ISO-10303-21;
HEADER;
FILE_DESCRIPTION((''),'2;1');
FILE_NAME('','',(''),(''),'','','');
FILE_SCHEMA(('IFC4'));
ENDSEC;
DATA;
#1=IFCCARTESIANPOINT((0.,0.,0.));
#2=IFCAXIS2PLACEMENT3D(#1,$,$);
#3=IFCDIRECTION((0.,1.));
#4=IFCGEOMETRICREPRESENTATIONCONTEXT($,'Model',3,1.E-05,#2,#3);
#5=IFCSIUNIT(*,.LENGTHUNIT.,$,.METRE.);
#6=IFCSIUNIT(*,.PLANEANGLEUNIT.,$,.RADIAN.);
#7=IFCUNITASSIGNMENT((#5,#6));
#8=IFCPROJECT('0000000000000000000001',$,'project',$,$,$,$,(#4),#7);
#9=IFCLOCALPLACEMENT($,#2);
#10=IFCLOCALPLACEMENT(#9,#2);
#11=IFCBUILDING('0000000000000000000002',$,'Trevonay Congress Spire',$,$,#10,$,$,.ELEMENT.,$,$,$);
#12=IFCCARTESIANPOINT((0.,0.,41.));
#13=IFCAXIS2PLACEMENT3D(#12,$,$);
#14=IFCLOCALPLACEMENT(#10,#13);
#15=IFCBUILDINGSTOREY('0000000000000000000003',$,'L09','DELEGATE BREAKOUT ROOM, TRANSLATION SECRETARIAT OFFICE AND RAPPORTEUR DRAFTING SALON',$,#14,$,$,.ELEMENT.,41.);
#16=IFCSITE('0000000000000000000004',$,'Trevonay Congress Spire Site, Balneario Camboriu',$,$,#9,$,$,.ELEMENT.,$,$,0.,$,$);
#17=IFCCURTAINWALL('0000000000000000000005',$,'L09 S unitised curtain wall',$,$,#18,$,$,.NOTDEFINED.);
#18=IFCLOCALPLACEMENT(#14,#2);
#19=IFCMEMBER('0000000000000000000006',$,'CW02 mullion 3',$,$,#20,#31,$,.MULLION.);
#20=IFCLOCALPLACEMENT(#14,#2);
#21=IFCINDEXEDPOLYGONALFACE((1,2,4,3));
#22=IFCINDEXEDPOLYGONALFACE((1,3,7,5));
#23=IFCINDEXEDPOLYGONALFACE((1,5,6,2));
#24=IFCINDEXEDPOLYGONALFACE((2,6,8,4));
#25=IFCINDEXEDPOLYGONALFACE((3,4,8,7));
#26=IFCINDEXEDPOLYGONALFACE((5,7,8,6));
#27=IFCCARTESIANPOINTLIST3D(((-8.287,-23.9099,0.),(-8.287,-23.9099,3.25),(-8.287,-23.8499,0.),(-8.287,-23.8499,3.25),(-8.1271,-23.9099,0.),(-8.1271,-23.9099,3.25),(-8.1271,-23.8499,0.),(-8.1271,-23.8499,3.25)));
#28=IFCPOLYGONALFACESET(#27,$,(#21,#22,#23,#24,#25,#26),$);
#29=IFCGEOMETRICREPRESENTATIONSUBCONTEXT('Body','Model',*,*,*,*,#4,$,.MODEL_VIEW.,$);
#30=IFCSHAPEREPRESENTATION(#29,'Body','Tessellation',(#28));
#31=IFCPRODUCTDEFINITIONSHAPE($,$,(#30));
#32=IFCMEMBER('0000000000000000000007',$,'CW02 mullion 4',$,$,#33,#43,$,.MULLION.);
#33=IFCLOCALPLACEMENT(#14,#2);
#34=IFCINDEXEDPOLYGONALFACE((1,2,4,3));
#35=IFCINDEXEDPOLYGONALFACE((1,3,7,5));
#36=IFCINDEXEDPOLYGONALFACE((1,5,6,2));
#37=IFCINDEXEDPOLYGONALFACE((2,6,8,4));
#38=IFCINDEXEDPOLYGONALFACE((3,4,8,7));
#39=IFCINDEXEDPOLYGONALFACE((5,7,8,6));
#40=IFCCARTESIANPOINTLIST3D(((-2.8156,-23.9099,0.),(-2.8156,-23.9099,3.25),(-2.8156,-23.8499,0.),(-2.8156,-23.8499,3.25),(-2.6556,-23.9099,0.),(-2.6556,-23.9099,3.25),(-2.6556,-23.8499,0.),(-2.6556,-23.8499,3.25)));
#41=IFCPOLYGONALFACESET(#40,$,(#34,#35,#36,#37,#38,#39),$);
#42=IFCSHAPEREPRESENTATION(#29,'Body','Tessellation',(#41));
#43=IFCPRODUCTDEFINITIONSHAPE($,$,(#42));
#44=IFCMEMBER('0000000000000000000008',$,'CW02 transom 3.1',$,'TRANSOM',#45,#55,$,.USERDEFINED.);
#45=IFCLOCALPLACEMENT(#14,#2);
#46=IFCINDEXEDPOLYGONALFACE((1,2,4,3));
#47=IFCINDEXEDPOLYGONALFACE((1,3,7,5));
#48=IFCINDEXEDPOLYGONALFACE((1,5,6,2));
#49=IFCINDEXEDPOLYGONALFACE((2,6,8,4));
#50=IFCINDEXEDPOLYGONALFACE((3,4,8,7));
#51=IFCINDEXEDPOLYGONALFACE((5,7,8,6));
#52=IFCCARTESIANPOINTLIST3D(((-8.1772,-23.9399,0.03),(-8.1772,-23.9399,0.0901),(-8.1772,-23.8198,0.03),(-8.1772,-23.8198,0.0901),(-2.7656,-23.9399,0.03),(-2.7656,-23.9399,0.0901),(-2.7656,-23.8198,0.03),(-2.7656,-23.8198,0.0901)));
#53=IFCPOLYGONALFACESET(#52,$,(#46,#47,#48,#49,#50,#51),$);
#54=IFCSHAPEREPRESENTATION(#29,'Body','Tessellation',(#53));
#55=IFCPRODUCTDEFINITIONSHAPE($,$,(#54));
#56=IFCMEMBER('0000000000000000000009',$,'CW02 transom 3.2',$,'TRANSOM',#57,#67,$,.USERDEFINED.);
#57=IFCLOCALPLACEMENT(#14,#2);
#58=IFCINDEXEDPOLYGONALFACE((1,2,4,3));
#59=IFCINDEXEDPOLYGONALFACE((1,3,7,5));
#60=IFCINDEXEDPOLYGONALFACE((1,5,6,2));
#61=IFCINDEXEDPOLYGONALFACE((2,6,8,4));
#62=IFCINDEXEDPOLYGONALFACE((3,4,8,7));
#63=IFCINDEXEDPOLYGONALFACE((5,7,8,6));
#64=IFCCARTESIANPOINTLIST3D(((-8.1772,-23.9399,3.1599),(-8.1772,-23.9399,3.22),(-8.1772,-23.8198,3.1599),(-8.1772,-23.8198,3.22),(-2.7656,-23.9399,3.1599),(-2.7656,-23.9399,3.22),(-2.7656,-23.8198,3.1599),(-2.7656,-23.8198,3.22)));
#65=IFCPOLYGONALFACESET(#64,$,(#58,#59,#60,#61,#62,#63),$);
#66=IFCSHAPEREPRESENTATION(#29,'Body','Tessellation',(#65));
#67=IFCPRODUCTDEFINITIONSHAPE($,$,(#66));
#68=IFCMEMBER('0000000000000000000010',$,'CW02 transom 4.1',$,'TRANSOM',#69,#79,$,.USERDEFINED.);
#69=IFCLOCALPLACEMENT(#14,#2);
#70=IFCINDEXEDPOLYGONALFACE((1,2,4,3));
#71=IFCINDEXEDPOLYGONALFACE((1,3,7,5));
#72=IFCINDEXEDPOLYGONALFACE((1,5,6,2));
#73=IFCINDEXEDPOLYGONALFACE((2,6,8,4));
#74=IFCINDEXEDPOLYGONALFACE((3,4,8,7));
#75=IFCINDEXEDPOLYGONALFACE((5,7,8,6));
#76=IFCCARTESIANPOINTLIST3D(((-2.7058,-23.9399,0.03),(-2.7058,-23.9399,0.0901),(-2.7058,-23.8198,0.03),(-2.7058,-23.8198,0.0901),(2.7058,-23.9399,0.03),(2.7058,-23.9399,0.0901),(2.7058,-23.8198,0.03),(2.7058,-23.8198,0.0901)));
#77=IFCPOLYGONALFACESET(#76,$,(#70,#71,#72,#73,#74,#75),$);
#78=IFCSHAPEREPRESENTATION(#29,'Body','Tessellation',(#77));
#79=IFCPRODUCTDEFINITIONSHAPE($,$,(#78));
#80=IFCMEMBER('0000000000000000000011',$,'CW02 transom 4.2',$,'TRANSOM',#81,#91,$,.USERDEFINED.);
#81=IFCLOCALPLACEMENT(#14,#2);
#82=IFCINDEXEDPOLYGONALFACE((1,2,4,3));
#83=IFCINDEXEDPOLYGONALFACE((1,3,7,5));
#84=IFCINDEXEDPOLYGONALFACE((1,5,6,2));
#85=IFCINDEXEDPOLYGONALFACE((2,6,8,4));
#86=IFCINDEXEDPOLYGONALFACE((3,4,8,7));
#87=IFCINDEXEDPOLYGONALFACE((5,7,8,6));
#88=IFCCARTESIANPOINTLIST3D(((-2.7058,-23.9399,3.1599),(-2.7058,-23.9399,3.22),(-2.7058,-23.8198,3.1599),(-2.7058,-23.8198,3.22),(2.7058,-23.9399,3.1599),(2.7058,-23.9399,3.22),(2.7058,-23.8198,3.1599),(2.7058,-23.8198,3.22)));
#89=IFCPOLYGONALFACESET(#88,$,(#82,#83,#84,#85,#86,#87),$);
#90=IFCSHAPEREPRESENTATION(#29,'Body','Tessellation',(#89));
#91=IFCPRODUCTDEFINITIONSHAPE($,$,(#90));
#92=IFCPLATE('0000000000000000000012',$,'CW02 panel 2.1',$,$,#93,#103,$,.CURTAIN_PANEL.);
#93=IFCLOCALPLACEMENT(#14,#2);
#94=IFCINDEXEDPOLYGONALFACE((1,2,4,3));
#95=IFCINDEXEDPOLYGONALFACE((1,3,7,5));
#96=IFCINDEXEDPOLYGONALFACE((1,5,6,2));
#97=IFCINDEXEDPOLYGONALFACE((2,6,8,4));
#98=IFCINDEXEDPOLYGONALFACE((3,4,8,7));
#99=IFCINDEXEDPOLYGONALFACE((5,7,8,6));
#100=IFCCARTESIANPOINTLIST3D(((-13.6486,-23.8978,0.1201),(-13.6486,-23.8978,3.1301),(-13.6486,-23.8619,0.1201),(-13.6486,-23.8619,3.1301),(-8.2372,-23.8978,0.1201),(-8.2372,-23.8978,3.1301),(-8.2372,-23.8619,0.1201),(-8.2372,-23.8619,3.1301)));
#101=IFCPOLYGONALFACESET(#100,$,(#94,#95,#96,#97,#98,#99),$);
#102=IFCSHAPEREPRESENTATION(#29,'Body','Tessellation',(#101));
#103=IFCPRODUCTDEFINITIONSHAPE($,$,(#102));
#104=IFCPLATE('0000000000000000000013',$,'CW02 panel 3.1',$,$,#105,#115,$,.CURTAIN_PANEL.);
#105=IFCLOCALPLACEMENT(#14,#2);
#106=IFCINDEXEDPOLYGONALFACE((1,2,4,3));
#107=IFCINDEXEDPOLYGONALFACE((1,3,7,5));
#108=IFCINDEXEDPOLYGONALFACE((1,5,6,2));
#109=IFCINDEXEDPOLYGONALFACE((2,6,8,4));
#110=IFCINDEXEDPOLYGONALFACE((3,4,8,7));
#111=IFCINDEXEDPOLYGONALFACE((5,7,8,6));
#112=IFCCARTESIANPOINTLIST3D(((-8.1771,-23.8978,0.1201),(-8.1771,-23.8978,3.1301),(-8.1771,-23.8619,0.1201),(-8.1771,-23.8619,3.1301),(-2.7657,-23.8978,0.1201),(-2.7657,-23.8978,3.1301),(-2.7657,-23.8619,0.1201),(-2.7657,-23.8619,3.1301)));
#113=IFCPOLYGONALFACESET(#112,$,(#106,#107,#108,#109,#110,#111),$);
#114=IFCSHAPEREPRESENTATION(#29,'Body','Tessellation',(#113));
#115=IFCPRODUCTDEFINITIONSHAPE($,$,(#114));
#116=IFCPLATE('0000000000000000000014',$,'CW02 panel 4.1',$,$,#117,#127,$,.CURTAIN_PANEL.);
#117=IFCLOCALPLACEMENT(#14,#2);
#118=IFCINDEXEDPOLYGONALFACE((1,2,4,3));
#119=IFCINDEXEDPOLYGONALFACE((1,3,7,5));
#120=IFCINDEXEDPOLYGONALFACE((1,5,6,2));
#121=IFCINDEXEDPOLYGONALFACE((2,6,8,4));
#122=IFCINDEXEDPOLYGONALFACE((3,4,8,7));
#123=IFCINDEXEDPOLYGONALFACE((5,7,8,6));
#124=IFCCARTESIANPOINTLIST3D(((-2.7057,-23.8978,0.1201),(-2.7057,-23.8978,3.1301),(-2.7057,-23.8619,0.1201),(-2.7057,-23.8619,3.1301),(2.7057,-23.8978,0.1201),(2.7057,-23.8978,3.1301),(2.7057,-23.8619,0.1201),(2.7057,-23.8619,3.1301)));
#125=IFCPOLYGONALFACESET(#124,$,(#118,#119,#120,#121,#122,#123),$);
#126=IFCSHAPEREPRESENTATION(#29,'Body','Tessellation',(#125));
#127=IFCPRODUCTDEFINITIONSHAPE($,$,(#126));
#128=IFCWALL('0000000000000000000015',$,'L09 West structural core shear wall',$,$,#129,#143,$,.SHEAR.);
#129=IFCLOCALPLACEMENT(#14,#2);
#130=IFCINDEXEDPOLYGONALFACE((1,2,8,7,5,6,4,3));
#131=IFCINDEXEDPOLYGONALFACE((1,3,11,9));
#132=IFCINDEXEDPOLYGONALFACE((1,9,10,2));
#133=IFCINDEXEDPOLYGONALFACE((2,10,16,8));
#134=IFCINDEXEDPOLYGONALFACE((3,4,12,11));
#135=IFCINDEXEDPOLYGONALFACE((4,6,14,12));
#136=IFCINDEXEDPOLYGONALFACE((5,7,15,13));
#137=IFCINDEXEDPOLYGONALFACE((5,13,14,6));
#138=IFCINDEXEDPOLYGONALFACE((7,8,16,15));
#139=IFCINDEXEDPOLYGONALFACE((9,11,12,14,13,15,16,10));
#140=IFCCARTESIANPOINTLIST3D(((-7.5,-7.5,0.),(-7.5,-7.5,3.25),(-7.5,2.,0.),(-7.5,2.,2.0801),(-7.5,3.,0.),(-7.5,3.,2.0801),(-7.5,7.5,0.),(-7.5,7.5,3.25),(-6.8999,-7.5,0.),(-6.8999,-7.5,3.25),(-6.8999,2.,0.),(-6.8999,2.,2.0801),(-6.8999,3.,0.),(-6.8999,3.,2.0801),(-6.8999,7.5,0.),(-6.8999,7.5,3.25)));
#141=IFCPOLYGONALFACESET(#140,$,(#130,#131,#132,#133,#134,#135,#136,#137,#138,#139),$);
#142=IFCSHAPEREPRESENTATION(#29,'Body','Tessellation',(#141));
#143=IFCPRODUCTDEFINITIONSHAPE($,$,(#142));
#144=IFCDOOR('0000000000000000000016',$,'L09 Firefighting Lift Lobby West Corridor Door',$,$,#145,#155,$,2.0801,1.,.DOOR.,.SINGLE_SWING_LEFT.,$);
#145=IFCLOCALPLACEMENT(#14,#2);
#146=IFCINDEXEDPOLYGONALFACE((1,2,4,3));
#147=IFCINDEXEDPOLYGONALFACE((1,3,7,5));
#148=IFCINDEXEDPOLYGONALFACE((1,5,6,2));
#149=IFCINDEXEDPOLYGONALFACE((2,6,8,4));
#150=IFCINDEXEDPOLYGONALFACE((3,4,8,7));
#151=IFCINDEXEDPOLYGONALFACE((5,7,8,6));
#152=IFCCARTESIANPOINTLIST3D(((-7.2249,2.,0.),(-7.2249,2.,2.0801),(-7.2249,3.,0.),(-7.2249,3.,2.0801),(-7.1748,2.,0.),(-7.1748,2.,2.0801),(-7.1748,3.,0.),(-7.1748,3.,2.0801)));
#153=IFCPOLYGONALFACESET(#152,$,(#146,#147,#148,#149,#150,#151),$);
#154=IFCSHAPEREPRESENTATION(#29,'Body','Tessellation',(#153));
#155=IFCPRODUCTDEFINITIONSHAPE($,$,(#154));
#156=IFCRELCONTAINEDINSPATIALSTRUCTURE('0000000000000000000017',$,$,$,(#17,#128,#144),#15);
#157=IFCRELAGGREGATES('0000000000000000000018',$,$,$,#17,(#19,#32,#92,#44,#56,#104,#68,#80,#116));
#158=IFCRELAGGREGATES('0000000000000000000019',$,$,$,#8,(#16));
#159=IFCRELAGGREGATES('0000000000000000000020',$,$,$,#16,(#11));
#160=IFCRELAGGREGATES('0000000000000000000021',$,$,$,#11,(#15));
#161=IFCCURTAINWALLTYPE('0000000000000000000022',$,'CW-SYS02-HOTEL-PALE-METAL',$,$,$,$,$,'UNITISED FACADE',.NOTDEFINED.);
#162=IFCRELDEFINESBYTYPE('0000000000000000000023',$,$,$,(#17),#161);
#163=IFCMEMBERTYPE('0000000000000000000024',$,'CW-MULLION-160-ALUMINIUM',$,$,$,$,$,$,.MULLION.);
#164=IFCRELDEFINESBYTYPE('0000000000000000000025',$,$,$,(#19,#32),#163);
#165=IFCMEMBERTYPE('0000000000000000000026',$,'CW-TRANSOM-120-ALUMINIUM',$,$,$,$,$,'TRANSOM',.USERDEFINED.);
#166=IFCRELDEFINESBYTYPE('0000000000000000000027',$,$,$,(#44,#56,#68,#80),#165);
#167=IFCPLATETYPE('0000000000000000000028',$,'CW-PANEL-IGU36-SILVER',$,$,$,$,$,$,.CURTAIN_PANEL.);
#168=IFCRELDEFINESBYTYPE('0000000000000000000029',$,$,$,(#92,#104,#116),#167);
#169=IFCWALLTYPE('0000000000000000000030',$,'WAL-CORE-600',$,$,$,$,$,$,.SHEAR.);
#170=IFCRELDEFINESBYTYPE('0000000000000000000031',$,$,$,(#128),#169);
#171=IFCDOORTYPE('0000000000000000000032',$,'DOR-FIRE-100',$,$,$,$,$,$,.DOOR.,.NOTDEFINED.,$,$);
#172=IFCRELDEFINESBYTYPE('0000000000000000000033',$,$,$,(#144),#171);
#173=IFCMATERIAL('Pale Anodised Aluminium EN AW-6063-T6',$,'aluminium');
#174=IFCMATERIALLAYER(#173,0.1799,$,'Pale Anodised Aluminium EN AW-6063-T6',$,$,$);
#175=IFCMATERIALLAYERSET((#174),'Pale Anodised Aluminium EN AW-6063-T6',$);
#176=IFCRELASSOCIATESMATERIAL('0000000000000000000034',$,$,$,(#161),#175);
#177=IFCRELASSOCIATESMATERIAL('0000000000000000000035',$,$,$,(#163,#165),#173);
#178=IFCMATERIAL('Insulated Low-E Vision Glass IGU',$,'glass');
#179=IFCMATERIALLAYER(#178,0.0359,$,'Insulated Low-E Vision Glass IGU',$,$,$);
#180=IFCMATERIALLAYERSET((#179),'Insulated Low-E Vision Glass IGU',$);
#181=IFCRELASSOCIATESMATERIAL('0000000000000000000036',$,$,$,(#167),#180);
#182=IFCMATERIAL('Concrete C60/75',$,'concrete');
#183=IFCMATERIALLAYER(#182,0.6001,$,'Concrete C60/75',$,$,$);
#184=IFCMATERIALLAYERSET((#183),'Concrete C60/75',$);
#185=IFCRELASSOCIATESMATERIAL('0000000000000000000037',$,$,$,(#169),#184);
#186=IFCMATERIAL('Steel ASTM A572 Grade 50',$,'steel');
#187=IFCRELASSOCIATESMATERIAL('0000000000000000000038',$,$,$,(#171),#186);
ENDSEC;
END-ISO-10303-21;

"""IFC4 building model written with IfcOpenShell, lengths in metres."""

from ifc_helpers import new_model, si_unit, direction, frame, frame_2d, origin, origin_2d, place, context, subcontext, project, spatial, rectangle, extrude, material, layer, layer_set, material_profile, profile_set, type_object, element, fill, aggregate, save


model = new_model("IFC4")

# Units and contexts
model_context = context("Model", 3, precision=1e-05, world=origin(), true_north=direction((0.0, 1.0)))
body_context = subcontext(model_context, "Body", "Model", "MODEL_VIEW")
ifc_project = project(units=[si_unit("LENGTHUNIT", "METRE"), si_unit("PLANEANGLEUNIT", "RADIAN")], contexts=[model_context])

# Site, building, storey
site_placement = place(None, origin())
site = spatial("IfcSite", under=ifc_project, at=site_placement, Name="Trevonay Congress Spire Site, Balneario Camboriu", CompositionType="ELEMENT", RefElevation=0.0)
building_placement = place(site_placement, origin())
building = spatial("IfcBuilding", under=site, at=building_placement, Name="Trevonay Congress Spire", CompositionType="ELEMENT")
storey_placement = place(building_placement, frame((0.0, 0.0, 41.0)))
storey = spatial("IfcBuildingStorey", under=building, at=storey_placement, Name="L09", Description="DELEGATE BREAKOUT ROOM, TRANSLATION SECRETARIAT OFFICE AND RAPPORTEUR DRAFTING SALON", CompositionType="ELEMENT", Elevation=41.0)

# Shared definitions
ifc_material_1 = material(Name="Steel ASTM A572 Grade 50", Category="steel")

# Curtain wall, members, plates
ifc_material_2 = material(Name="Pale Anodised Aluminium EN AW-6063-T6", Category="aluminium")
ifc_layer_1 = layer(ifc_material_2, 0.1799, Name="Pale Anodised Aluminium EN AW-6063-T6")
ifc_layer_set_1 = layer_set([ifc_layer_1], Name="Pale Anodised Aluminium EN AW-6063-T6")
curtain_wall_type = type_object("IfcCurtainWallType", Name="CW-SYS02-HOTEL-PALE-METAL", ElementType="UNITISED FACADE", PredefinedType="NOTDEFINED", material=ifc_layer_set_1)
curtain_wall_placement = place(storey_placement, origin())
curtain_wall = element("IfcCurtainWall", 1, at=curtain_wall_placement, inside=storey, type_object=curtain_wall_type, Name="L09 S unitised curtain wall", PredefinedType="NOTDEFINED")
ifc_material_profile_1 = material_profile(ifc_material_2, rectangle(XDim=0.0601, YDim=0.1599, at=origin_2d()), Name="CW-MULLION-160-ALUMINIUM")
ifc_profile_set_1 = profile_set([ifc_material_profile_1], Name="Pale Anodised Aluminium EN AW-6063-T6")
member_type_1 = type_object("IfcMemberType", Name="CW-MULLION-160-ALUMINIUM", PredefinedType="MULLION", material=ifc_profile_set_1)
member_1_placement = place(storey_placement, frame((-8.207, -23.8799, 0.0), z_axis=(0.0, 0.0, 1.0), x_axis=(0.0, 1.0, 0.0)))
member_1 = element("IfcMember", 2, at=member_1_placement, type_object=member_type_1, Name="CW02 mullion 3", PredefinedType="MULLION", context=body_context, shape_type="SweptSolid", body=[
    extrude(rectangle(XDim=0.0601, YDim=0.1599, at=origin_2d()), origin(), (0.0, 0.0, 1.0), 3.25),
])
member_2_placement = place(storey_placement, frame((-2.7356, -23.8799, 0.0), z_axis=(0.0, 0.0, 1.0), x_axis=(0.0, 1.0, 0.0)))
member_2 = element("IfcMember", 3, at=member_2_placement, type_object=member_type_1, Name="CW02 mullion 4", PredefinedType="MULLION", context=body_context, shape_type="SweptSolid", body=[
    extrude(rectangle(XDim=0.0601, YDim=0.1599, at=origin_2d()), origin(), (0.0, 0.0, 1.0), 3.25),
])
ifc_material_profile_2 = material_profile(ifc_material_2, rectangle(XDim=0.1201, YDim=0.0601, at=origin_2d()), Name="CW-TRANSOM-120-ALUMINIUM")
ifc_profile_set_2 = profile_set([ifc_material_profile_2], Name="Pale Anodised Aluminium EN AW-6063-T6")
member_type_2 = type_object("IfcMemberType", Name="CW-TRANSOM-120-ALUMINIUM", ElementType="TRANSOM", PredefinedType="USERDEFINED", material=ifc_profile_set_2)
member_3_placement = place(storey_placement, frame((-8.1772, -23.8799, 0.0601), z_axis=(1.0, 0.0, 0.0), x_axis=(0.0, 1.0, 0.0)))
member_3 = element("IfcMember", 4, at=member_3_placement, type_object=member_type_2, Name="CW02 transom 3.1", ObjectType="TRANSOM", PredefinedType="USERDEFINED", context=body_context, shape_type="SweptSolid", body=[
    extrude(rectangle(XDim=0.1201, YDim=0.0601, at=origin_2d()), origin(), (0.0, 0.0, 1.0), 5.4116),
])
member_4_placement = place(storey_placement, frame((-8.1772, -23.8799, 3.1899), z_axis=(1.0, 0.0, 0.0), x_axis=(0.0, 1.0, 0.0)))
member_4 = element("IfcMember", 5, at=member_4_placement, type_object=member_type_2, Name="CW02 transom 3.2", ObjectType="TRANSOM", PredefinedType="USERDEFINED", context=body_context, shape_type="SweptSolid", body=[
    extrude(rectangle(XDim=0.1201, YDim=0.0601, at=origin_2d()), origin(), (0.0, 0.0, 1.0), 5.4116),
])
member_5_placement = place(storey_placement, frame((-2.7058, -23.8799, 0.0601), z_axis=(1.0, 0.0, 0.0), x_axis=(0.0, 1.0, 0.0)))
member_5 = element("IfcMember", 6, at=member_5_placement, type_object=member_type_2, Name="CW02 transom 4.1", ObjectType="TRANSOM", PredefinedType="USERDEFINED", context=body_context, shape_type="SweptSolid", body=[
    extrude(rectangle(XDim=0.1201, YDim=0.0601, at=origin_2d()), origin(), (0.0, 0.0, 1.0), 5.4116),
])
member_6_placement = place(storey_placement, frame((-2.7058, -23.8799, 3.1899), z_axis=(1.0, 0.0, 0.0), x_axis=(0.0, 1.0, 0.0)))
member_6 = element("IfcMember", 7, at=member_6_placement, type_object=member_type_2, Name="CW02 transom 4.2", ObjectType="TRANSOM", PredefinedType="USERDEFINED", context=body_context, shape_type="SweptSolid", body=[
    extrude(rectangle(XDim=0.1201, YDim=0.0601, at=origin_2d()), origin(), (0.0, 0.0, 1.0), 5.4116),
])
ifc_material_3 = material(Name="Insulated Low-E Vision Glass IGU", Category="glass")
ifc_layer_2 = layer(ifc_material_3, 0.0359, Name="Insulated Low-E Vision Glass IGU")
ifc_layer_set_2 = layer_set([ifc_layer_2], Name="Insulated Low-E Vision Glass IGU")
plate_type = type_object("IfcPlateType", Name="CW-PANEL-IGU36-SILVER", PredefinedType="CURTAIN_PANEL", material=ifc_layer_set_2)
plate_1_placement = place(storey_placement, frame((-10.9429, -23.8799, 0.1201), z_axis=(0.0, 0.0, 1.0), x_axis=(1.0, 0.0, 0.0)))
plate_1 = element("IfcPlate", 8, at=plate_1_placement, type_object=plate_type, Name="CW02 panel 2.1", PredefinedType="CURTAIN_PANEL", context=body_context, shape_type="SweptSolid", body=[
    extrude(rectangle(XDim=5.4114, YDim=0.0359, at=origin_2d()), origin(), (0.0, 0.0, 1.0), 3.01),
])
plate_2_placement = place(storey_placement, frame((-5.4714, -23.8799, 0.1201), z_axis=(0.0, 0.0, 1.0), x_axis=(1.0, 0.0, 0.0)))
plate_2 = element("IfcPlate", 9, at=plate_2_placement, type_object=plate_type, Name="CW02 panel 3.1", PredefinedType="CURTAIN_PANEL", context=body_context, shape_type="SweptSolid", body=[
    extrude(rectangle(XDim=5.4114, YDim=0.0359, at=origin_2d()), origin(), (0.0, 0.0, 1.0), 3.01),
])
plate_3_placement = place(storey_placement, frame((0.0, -23.8799, 0.1201), z_axis=(0.0, 0.0, 1.0), x_axis=(1.0, 0.0, 0.0)))
plate_3 = element("IfcPlate", 10, at=plate_3_placement, type_object=plate_type, Name="CW02 panel 4.1", PredefinedType="CURTAIN_PANEL", context=body_context, shape_type="SweptSolid", body=[
    extrude(rectangle(XDim=5.4114, YDim=0.0359, at=origin_2d()), origin(), (0.0, 0.0, 1.0), 3.01),
])
aggregate(curtain_wall, [member_1, member_2, plate_1, member_3, member_4, plate_2, member_5, member_6, plate_3])

# Wall, opening, door
ifc_material_4 = material(Name="Concrete C60/75", Category="concrete")
ifc_layer_3 = layer(ifc_material_4, 0.6001, Name="Concrete C60/75")
ifc_layer_set_3 = layer_set([ifc_layer_3], Name="Concrete C60/75")
wall_type_1 = type_object("IfcWallType", Name="WAL-CORE-600", PredefinedType="SHEAR", material=ifc_layer_set_3)
wall_1_placement = place(storey_placement, frame((-7.2, -7.5, 0.0), z_axis=(0.0, 0.0, 1.0), x_axis=(0.0, 1.0, 0.0)))
wall_1 = element("IfcWall", 11, at=wall_1_placement, inside=storey, type_object=wall_type_1, Name="L09 West structural core shear wall", PredefinedType="SHEAR", context=body_context, shape_type="SweptSolid", body=[
    extrude(rectangle(XDim=15.0, YDim=0.6001, at=frame_2d((7.5, 0.0))), origin(), (0.0, 0.0, 1.0), 3.25),
])
opening_1_placement = place(wall_1_placement, frame((9.5, 0.0, 0.0)))
opening_1 = element("IfcOpeningElement", 12, at=opening_1_placement, cuts=wall_1, PredefinedType="OPENING", context=body_context, shape_type="SweptSolid", body=[
    extrude(rectangle(XDim=1.0, YDim=2.0801, at=frame_2d((0.5, 1.04))), frame((0.0, 0.3101, 0.0), z_axis=(0.0, -1.0, 0.0), x_axis=(1.0, 0.0, 0.0)), (0.0, 0.0, 1.0), 0.6201),
])
door_type_1 = type_object("IfcDoorType", Name="DOR-FIRE-100", OperationType="NOTDEFINED", PredefinedType="DOOR", material=ifc_material_1)
door_1_placement = place(opening_1_placement, origin())
door_1 = element("IfcDoor", 13, at=door_1_placement, inside=storey, type_object=door_type_1, Name="L09 Firefighting Lift Lobby West Corridor Door", OperationType="SINGLE_SWING_LEFT", OverallHeight=2.0801, OverallWidth=1.0, PredefinedType="DOOR", context=body_context, shape_type="SweptSolid", body=[
    extrude(rectangle(XDim=1.0, YDim=2.0801, at=frame_2d((0.5, 1.04))), frame((0.0, 0.0249, 0.0), z_axis=(0.0, -1.0, 0.0), x_axis=(1.0, 0.0, 0.0)), (0.0, 0.0, 1.0), 0.05),
])
fill(opening_1, door_1)

save(model, "model.ifc")
